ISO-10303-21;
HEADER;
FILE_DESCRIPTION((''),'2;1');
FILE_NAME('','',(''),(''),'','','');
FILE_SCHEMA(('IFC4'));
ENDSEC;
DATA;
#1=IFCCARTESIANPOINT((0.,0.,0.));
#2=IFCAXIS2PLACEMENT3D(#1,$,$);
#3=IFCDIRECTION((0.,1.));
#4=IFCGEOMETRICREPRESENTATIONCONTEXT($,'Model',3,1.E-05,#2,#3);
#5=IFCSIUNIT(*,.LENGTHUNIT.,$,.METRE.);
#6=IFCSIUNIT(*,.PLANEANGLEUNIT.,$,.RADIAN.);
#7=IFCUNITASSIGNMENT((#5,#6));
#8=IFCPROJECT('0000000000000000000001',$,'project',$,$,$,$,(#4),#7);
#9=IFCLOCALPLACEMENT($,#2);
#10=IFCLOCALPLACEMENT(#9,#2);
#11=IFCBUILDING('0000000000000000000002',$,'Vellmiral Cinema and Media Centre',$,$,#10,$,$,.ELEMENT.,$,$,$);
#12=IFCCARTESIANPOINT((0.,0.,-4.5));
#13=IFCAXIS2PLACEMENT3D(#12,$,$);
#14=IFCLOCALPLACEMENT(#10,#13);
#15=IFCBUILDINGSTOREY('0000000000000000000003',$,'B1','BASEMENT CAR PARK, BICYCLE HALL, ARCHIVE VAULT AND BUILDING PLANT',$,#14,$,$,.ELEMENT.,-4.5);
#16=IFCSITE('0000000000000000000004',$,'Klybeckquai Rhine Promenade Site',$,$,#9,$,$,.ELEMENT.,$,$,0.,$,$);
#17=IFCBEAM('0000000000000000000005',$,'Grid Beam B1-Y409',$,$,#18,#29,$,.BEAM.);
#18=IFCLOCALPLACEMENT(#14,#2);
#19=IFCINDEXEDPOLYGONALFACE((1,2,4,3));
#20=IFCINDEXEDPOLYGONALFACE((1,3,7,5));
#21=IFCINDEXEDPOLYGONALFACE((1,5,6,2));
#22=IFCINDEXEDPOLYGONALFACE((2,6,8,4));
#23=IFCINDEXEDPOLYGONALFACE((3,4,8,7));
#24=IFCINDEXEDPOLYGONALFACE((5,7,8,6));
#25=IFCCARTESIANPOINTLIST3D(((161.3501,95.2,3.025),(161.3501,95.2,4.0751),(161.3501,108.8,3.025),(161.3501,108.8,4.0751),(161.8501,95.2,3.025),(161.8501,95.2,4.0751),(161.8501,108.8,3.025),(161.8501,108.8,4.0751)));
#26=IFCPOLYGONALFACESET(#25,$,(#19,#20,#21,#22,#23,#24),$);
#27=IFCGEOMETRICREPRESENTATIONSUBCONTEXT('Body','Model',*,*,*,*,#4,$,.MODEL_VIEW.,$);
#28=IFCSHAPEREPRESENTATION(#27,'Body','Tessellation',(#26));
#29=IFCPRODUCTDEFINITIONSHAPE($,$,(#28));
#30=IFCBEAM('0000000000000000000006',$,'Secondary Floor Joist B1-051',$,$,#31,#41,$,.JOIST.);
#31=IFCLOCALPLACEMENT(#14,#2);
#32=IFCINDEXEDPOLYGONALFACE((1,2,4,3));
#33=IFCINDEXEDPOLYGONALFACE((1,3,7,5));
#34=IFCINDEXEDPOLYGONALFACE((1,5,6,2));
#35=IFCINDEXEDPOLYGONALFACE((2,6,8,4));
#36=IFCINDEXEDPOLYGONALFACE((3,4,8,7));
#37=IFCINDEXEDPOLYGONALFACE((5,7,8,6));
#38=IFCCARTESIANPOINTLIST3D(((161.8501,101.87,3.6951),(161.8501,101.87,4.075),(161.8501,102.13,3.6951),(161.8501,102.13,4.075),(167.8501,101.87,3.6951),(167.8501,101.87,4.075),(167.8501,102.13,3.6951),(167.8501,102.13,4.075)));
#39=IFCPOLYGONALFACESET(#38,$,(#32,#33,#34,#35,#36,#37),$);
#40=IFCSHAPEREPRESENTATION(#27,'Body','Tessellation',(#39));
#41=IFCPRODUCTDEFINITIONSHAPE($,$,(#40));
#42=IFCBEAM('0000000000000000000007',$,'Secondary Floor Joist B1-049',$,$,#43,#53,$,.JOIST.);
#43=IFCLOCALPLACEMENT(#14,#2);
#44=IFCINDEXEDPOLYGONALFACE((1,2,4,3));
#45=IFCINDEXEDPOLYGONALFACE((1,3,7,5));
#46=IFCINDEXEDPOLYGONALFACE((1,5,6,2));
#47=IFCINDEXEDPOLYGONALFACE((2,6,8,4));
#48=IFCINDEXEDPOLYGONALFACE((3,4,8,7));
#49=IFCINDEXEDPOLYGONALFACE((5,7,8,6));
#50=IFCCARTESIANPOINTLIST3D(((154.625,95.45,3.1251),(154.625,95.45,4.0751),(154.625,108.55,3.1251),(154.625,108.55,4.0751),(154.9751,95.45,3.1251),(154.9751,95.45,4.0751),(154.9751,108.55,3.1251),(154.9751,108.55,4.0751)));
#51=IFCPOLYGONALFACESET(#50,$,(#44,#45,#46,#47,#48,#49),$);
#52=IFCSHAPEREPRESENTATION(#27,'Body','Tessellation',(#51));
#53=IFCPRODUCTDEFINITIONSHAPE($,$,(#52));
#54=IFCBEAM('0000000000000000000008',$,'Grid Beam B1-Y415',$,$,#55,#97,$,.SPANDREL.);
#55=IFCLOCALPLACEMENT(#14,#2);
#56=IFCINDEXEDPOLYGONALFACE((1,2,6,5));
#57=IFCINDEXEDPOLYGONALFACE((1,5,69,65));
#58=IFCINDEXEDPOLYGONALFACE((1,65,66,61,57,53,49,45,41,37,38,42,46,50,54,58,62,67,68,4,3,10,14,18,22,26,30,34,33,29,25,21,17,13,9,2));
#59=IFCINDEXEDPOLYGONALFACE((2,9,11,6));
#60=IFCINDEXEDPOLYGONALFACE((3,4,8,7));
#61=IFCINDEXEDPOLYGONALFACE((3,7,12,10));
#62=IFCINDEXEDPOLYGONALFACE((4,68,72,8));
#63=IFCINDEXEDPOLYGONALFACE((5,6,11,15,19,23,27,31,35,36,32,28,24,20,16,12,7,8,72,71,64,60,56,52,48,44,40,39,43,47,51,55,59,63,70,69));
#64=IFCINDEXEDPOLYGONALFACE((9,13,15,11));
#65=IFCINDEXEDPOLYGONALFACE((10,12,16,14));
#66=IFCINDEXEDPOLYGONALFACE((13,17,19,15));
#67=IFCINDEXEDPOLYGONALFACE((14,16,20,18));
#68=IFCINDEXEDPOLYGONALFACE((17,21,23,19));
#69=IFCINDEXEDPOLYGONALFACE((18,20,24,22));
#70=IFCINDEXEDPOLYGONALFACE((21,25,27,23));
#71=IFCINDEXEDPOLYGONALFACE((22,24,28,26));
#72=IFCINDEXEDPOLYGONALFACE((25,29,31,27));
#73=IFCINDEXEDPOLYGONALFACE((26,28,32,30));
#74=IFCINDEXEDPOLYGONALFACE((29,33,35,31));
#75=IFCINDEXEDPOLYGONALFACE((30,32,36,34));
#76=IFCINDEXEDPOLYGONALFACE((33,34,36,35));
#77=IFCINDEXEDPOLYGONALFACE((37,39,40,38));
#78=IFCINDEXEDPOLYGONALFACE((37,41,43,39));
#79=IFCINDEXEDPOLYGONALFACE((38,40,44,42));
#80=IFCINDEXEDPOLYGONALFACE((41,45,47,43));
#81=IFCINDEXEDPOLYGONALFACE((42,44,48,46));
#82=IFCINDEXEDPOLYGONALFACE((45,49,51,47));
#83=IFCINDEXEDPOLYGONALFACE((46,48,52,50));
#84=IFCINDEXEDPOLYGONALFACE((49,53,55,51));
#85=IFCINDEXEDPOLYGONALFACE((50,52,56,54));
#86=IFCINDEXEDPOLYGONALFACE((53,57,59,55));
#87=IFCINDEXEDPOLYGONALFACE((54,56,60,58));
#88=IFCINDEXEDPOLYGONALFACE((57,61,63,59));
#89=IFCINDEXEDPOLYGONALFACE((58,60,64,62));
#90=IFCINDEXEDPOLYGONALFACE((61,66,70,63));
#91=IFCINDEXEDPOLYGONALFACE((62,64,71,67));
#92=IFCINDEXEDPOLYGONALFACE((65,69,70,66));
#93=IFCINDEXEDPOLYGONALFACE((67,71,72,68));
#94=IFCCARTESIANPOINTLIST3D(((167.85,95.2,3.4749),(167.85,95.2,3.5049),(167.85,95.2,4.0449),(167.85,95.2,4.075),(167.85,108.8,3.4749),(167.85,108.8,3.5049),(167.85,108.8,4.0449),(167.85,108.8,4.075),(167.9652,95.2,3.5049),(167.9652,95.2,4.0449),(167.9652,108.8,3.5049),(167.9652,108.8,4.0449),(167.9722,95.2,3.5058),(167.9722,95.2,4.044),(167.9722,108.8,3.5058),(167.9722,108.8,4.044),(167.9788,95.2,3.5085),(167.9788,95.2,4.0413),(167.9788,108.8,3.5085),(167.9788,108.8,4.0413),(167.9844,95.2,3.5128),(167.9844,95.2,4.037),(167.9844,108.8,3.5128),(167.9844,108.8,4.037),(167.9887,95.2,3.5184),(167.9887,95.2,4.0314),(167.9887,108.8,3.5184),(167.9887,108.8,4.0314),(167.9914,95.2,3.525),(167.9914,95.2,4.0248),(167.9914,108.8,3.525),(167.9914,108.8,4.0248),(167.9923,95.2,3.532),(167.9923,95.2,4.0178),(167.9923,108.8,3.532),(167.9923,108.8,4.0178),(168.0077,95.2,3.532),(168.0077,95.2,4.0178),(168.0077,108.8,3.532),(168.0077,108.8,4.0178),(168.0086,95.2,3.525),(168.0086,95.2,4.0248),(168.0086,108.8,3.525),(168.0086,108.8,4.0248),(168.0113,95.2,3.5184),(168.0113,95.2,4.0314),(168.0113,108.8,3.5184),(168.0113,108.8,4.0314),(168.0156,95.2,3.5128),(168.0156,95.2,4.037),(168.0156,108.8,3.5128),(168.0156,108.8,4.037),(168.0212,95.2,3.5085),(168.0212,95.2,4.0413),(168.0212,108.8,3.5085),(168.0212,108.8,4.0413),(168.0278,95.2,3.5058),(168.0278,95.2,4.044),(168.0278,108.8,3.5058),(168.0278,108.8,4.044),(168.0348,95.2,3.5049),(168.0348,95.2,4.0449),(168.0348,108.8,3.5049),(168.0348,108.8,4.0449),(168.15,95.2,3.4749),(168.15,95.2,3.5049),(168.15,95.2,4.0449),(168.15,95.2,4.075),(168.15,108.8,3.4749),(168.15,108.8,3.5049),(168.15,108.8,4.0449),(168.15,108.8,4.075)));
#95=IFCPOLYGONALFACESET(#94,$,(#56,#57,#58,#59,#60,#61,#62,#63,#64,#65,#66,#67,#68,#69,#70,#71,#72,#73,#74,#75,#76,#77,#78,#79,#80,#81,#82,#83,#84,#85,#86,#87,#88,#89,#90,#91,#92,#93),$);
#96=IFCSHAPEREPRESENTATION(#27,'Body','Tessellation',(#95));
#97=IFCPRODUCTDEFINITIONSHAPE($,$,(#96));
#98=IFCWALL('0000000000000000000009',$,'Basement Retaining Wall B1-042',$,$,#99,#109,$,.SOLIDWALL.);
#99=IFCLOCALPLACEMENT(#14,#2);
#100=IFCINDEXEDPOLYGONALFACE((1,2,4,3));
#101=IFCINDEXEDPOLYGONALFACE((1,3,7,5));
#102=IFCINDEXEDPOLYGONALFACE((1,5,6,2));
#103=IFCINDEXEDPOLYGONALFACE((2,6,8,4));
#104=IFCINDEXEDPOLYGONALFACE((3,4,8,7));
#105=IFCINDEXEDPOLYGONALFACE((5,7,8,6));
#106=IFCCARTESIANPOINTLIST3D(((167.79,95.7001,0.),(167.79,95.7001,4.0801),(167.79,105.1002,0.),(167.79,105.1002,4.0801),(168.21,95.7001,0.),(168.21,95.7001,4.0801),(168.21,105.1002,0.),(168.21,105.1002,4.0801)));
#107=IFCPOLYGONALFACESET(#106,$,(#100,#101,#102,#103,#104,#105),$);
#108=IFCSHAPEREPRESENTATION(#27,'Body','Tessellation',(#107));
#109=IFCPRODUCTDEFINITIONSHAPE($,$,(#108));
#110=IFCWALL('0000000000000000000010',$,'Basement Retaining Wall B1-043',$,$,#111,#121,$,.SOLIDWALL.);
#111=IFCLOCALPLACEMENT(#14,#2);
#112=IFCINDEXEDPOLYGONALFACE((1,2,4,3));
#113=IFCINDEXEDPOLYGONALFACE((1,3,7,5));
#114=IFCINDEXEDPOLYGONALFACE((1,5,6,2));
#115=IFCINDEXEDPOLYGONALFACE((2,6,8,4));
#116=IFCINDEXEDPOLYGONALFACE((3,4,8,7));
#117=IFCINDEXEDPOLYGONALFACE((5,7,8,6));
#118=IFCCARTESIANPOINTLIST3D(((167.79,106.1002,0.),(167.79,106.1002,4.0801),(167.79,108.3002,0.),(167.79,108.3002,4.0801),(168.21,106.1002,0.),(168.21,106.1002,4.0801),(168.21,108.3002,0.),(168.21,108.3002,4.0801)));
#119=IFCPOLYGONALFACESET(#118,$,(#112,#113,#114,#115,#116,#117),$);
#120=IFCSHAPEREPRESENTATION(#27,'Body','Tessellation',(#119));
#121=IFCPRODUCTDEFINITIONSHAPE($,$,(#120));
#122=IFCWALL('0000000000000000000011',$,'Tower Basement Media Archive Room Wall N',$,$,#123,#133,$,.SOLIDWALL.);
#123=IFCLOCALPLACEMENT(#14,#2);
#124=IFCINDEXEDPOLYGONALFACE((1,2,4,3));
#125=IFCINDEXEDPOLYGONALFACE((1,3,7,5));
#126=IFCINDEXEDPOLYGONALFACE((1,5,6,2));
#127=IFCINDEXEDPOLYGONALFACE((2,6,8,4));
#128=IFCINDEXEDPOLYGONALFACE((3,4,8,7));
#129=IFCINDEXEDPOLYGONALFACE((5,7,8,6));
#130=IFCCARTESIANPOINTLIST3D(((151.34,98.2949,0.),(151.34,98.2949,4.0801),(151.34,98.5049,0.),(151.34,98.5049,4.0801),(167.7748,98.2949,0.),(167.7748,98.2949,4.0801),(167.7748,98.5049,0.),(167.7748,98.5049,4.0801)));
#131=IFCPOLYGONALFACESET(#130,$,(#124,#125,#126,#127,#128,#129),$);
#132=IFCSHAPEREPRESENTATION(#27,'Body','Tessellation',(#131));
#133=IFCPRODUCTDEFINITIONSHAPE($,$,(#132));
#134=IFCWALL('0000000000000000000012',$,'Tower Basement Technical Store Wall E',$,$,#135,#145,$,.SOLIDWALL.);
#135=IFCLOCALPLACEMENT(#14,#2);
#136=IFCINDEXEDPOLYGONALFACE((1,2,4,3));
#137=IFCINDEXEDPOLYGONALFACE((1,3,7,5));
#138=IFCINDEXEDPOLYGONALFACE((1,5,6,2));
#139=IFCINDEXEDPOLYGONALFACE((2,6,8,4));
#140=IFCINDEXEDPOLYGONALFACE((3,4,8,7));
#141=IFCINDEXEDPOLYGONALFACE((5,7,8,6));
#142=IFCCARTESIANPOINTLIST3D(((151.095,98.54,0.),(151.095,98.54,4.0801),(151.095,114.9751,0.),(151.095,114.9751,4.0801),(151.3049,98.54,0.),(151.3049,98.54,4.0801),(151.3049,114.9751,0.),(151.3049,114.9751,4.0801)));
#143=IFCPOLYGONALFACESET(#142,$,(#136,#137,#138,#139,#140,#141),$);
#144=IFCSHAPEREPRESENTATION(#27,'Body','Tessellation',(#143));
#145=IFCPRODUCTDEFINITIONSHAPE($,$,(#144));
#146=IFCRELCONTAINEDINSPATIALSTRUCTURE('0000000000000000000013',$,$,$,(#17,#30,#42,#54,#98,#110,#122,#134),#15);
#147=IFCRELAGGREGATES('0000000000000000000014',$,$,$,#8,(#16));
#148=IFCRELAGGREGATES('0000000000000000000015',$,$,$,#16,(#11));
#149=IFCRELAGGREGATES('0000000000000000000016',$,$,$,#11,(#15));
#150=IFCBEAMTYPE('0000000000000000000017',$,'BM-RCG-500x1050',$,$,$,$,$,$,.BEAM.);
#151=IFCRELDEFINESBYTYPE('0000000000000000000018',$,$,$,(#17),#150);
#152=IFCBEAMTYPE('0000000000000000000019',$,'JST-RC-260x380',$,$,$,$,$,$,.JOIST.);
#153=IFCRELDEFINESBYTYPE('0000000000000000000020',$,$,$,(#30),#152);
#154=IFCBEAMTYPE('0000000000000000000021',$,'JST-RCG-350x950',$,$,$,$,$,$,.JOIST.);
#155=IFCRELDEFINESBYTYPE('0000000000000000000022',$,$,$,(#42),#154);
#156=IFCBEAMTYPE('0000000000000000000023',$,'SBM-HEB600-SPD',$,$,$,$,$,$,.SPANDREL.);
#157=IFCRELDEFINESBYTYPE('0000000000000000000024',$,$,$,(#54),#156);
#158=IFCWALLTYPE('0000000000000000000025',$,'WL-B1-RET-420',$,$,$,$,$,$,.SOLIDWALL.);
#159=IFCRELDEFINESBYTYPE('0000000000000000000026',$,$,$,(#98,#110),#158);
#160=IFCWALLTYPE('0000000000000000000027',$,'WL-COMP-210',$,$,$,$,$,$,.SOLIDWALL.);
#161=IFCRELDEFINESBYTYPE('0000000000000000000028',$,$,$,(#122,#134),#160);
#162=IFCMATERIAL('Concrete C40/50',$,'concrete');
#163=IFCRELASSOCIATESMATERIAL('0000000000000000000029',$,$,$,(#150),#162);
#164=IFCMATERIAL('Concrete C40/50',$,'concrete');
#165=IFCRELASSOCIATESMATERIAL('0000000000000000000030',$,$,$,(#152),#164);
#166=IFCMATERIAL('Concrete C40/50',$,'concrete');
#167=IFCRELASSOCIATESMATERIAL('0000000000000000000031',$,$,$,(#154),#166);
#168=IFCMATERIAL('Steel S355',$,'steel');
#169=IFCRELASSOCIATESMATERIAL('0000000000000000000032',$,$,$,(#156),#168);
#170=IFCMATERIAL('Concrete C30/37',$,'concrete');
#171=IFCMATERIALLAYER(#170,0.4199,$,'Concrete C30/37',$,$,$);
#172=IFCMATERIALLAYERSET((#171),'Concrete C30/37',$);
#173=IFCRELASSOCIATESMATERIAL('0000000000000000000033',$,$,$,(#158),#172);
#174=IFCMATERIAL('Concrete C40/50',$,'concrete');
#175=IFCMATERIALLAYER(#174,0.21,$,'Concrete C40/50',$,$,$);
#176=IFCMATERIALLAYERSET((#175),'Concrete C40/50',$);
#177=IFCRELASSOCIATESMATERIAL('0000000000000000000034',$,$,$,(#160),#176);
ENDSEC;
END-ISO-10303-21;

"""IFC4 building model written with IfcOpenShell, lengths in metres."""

from ifc_helpers import new_model, si_unit, direction, frame, frame_2d, origin, origin_2d, place, context, subcontext, project, spatial, rectangle, i_section, extrude, material, layer, layer_set, material_profile, profile_set, type_object, element, save


model = new_model("IFC4")

# Units and contexts
model_context = context("Model", 3, precision=1e-05, world=origin(), true_north=direction((0.0, 1.0)))
body_context = subcontext(model_context, "Body", "Model", "MODEL_VIEW")
ifc_project = project(units=[si_unit("LENGTHUNIT", "METRE"), si_unit("PLANEANGLEUNIT", "RADIAN")], contexts=[model_context])

# Site, building, storey
site_placement = place(None, origin())
site = spatial("IfcSite", under=ifc_project, at=site_placement, Name="Klybeckquai Rhine Promenade Site", CompositionType="ELEMENT", RefElevation=0.0)
building_placement = place(site_placement, origin())
building = spatial("IfcBuilding", under=site, at=building_placement, Name="Vellmiral Cinema and Media Centre", CompositionType="ELEMENT")
storey_placement = place(building_placement, frame((0.0, 0.0, -4.5)))
storey = spatial("IfcBuildingStorey", under=building, at=storey_placement, Name="B1", Description="BASEMENT CAR PARK, BICYCLE HALL, ARCHIVE VAULT AND BUILDING PLANT", CompositionType="ELEMENT", Elevation=-4.5)

# Beams
ifc_material_1 = material(Name="Concrete C40/50", Category="concrete")
ifc_material_profile_1 = material_profile(ifc_material_1, rectangle(XDim=0.5, YDim=1.05, at=origin_2d()), Name="RC 500x1050")
ifc_profile_set_1 = profile_set([ifc_material_profile_1], Name="Concrete C40/50")
beam_type_1 = type_object("IfcBeamType", Name="BM-RCG-500x1050", PredefinedType="BEAM", material=ifc_profile_set_1)
beam_1_placement = place(storey_placement, frame((161.6001, 95.2, 3.55), z_axis=(0.0, 1.0, 0.0), x_axis=(-1.0, 0.0, 0.0)))
element("IfcBeam", 1, at=beam_1_placement, inside=storey, type_object=beam_type_1, Name="Grid Beam B1-Y409", PredefinedType="BEAM", context=body_context, shape_type="SweptSolid", body=[
    extrude(rectangle(XDim=0.5, YDim=1.05, at=origin_2d()), origin(), (0.0, 0.0, 1.0), 13.6001),
])
ifc_material_2 = material(Name="Concrete C40/50", Category="concrete")
ifc_material_profile_2 = material_profile(ifc_material_2, rectangle(XDim=0.26, YDim=0.3799, at=origin_2d()), Name="RC 260x380")
ifc_profile_set_2 = profile_set([ifc_material_profile_2], Name="Concrete C40/50")
beam_type_2 = type_object("IfcBeamType", Name="JST-RC-260x380", PredefinedType="JOIST", material=ifc_profile_set_2)
beam_2_placement = place(storey_placement, frame((161.8501, 102.0, 3.885), z_axis=(1.0, 0.0, 0.0), x_axis=(0.0, 1.0, 0.0)))
element("IfcBeam", 2, at=beam_2_placement, inside=storey, type_object=beam_type_2, Name="Secondary Floor Joist B1-051", PredefinedType="JOIST", context=body_context, shape_type="SweptSolid", body=[
    extrude(rectangle(XDim=0.26, YDim=0.3799, at=origin_2d()), origin(), (0.0, 0.0, 1.0), 6.0),
])
ifc_material_3 = material(Name="Concrete C40/50", Category="concrete")
ifc_material_profile_3 = material_profile(ifc_material_3, rectangle(XDim=0.3501, YDim=0.95, at=origin_2d()), Name="RC 350x950")
ifc_profile_set_3 = profile_set([ifc_material_profile_3], Name="Concrete C40/50")
beam_type_3 = type_object("IfcBeamType", Name="JST-RCG-350x950", PredefinedType="JOIST", material=ifc_profile_set_3)
beam_3_placement = place(storey_placement, frame((154.8, 95.45, 3.6001), z_axis=(0.0, 1.0, 0.0), x_axis=(-1.0, 0.0, 0.0)))
element("IfcBeam", 3, at=beam_3_placement, inside=storey, type_object=beam_type_3, Name="Secondary Floor Joist B1-049", PredefinedType="JOIST", context=body_context, shape_type="SweptSolid", body=[
    extrude(rectangle(XDim=0.3501, YDim=0.95, at=origin_2d()), origin(), (0.0, 0.0, 1.0), 13.1001),
])
ifc_material_4 = material(Name="Steel S355", Category="steel")
ifc_material_profile_4 = material_profile(ifc_material_4, i_section(OverallWidth=0.3, OverallDepth=0.6001, WebThickness=0.0154, FlangeThickness=0.03, FilletRadius=0.0271, at=origin_2d()), Name="HEB 600")
ifc_profile_set_4 = profile_set([ifc_material_profile_4], Name="Steel S355")
beam_type_4 = type_object("IfcBeamType", Name="SBM-HEB600-SPD", PredefinedType="SPANDREL", material=ifc_profile_set_4)
beam_4_placement = place(storey_placement, frame((168.0, 95.2, 3.7749), z_axis=(0.0, 1.0, 0.0), x_axis=(-1.0, 0.0, 0.0)))
element("IfcBeam", 4, at=beam_4_placement, inside=storey, type_object=beam_type_4, Name="Grid Beam B1-Y415", PredefinedType="SPANDREL", context=body_context, shape_type="SweptSolid", body=[
    extrude(i_section(OverallWidth=0.3, OverallDepth=0.6001, WebThickness=0.0154, FlangeThickness=0.03, FilletRadius=0.0271, at=origin_2d()), origin(), (0.0, 0.0, 1.0), 13.6001),
])

# Walls
ifc_material_5 = material(Name="Concrete C30/37", Category="concrete")
ifc_layer_1 = layer(ifc_material_5, 0.4199, Name="Concrete C30/37")
ifc_layer_set_1 = layer_set([ifc_layer_1], Name="Concrete C30/37")
wall_type_1 = type_object("IfcWallType", Name="WL-B1-RET-420", PredefinedType="SOLIDWALL", material=ifc_layer_set_1)
wall_1_placement = place(storey_placement, frame((168.0, 95.7, 0.0), z_axis=(0.0, 0.0, 1.0), x_axis=(0.0, 1.0, 0.0)))
element("IfcWall", 5, at=wall_1_placement, inside=storey, type_object=wall_type_1, Name="Basement Retaining Wall B1-042", PredefinedType="SOLIDWALL", context=body_context, shape_type="SweptSolid", body=[
    extrude(rectangle(XDim=9.4001, YDim=0.4199, at=frame_2d((4.7002, 0.0))), origin(), (0.0, 0.0, 1.0), 4.0801),
])
wall_2_placement = place(storey_placement, frame((168.0, 106.1001, 0.0), z_axis=(0.0, 0.0, 1.0), x_axis=(0.0, 1.0, 0.0)))
element("IfcWall", 6, at=wall_2_placement, inside=storey, type_object=wall_type_1, Name="Basement Retaining Wall B1-043", PredefinedType="SOLIDWALL", context=body_context, shape_type="SweptSolid", body=[
    extrude(rectangle(XDim=2.2, YDim=0.4199, at=frame_2d((1.1001, 0.0))), origin(), (0.0, 0.0, 1.0), 4.0801),
])
ifc_material_6 = material(Name="Concrete C40/50", Category="concrete")
ifc_layer_2 = layer(ifc_material_6, 0.21, Name="Concrete C40/50")
ifc_layer_set_2 = layer_set([ifc_layer_2], Name="Concrete C40/50")
wall_type_2 = type_object("IfcWallType", Name="WL-COMP-210", PredefinedType="SOLIDWALL", material=ifc_layer_set_2)
wall_3_placement = place(storey_placement, frame((151.3401, 98.3999, 0.0), z_axis=(0.0, 0.0, 1.0), x_axis=(1.0, 0.0, 0.0)))
element("IfcWall", 7, at=wall_3_placement, inside=storey, type_object=wall_type_2, Name="Tower Basement Media Archive Room Wall N", PredefinedType="SOLIDWALL", context=body_context, shape_type="SweptSolid", body=[
    extrude(rectangle(XDim=16.4348, YDim=0.21, at=frame_2d((8.2173, 0.0))), origin(), (0.0, 0.0, 1.0), 4.0801),
])
wall_4_placement = place(storey_placement, frame((151.2, 98.54, 0.0), z_axis=(0.0, 0.0, 1.0), x_axis=(0.0, 1.0, 0.0)))
element("IfcWall", 8, at=wall_4_placement, inside=storey, type_object=wall_type_2, Name="Tower Basement Technical Store Wall E", PredefinedType="SOLIDWALL", context=body_context, shape_type="SweptSolid", body=[
    extrude(rectangle(XDim=16.4351, YDim=0.21, at=frame_2d((8.2175, 0.0))), origin(), (0.0, 0.0, 1.0), 4.0801),
])

save(model, "model.ifc")
